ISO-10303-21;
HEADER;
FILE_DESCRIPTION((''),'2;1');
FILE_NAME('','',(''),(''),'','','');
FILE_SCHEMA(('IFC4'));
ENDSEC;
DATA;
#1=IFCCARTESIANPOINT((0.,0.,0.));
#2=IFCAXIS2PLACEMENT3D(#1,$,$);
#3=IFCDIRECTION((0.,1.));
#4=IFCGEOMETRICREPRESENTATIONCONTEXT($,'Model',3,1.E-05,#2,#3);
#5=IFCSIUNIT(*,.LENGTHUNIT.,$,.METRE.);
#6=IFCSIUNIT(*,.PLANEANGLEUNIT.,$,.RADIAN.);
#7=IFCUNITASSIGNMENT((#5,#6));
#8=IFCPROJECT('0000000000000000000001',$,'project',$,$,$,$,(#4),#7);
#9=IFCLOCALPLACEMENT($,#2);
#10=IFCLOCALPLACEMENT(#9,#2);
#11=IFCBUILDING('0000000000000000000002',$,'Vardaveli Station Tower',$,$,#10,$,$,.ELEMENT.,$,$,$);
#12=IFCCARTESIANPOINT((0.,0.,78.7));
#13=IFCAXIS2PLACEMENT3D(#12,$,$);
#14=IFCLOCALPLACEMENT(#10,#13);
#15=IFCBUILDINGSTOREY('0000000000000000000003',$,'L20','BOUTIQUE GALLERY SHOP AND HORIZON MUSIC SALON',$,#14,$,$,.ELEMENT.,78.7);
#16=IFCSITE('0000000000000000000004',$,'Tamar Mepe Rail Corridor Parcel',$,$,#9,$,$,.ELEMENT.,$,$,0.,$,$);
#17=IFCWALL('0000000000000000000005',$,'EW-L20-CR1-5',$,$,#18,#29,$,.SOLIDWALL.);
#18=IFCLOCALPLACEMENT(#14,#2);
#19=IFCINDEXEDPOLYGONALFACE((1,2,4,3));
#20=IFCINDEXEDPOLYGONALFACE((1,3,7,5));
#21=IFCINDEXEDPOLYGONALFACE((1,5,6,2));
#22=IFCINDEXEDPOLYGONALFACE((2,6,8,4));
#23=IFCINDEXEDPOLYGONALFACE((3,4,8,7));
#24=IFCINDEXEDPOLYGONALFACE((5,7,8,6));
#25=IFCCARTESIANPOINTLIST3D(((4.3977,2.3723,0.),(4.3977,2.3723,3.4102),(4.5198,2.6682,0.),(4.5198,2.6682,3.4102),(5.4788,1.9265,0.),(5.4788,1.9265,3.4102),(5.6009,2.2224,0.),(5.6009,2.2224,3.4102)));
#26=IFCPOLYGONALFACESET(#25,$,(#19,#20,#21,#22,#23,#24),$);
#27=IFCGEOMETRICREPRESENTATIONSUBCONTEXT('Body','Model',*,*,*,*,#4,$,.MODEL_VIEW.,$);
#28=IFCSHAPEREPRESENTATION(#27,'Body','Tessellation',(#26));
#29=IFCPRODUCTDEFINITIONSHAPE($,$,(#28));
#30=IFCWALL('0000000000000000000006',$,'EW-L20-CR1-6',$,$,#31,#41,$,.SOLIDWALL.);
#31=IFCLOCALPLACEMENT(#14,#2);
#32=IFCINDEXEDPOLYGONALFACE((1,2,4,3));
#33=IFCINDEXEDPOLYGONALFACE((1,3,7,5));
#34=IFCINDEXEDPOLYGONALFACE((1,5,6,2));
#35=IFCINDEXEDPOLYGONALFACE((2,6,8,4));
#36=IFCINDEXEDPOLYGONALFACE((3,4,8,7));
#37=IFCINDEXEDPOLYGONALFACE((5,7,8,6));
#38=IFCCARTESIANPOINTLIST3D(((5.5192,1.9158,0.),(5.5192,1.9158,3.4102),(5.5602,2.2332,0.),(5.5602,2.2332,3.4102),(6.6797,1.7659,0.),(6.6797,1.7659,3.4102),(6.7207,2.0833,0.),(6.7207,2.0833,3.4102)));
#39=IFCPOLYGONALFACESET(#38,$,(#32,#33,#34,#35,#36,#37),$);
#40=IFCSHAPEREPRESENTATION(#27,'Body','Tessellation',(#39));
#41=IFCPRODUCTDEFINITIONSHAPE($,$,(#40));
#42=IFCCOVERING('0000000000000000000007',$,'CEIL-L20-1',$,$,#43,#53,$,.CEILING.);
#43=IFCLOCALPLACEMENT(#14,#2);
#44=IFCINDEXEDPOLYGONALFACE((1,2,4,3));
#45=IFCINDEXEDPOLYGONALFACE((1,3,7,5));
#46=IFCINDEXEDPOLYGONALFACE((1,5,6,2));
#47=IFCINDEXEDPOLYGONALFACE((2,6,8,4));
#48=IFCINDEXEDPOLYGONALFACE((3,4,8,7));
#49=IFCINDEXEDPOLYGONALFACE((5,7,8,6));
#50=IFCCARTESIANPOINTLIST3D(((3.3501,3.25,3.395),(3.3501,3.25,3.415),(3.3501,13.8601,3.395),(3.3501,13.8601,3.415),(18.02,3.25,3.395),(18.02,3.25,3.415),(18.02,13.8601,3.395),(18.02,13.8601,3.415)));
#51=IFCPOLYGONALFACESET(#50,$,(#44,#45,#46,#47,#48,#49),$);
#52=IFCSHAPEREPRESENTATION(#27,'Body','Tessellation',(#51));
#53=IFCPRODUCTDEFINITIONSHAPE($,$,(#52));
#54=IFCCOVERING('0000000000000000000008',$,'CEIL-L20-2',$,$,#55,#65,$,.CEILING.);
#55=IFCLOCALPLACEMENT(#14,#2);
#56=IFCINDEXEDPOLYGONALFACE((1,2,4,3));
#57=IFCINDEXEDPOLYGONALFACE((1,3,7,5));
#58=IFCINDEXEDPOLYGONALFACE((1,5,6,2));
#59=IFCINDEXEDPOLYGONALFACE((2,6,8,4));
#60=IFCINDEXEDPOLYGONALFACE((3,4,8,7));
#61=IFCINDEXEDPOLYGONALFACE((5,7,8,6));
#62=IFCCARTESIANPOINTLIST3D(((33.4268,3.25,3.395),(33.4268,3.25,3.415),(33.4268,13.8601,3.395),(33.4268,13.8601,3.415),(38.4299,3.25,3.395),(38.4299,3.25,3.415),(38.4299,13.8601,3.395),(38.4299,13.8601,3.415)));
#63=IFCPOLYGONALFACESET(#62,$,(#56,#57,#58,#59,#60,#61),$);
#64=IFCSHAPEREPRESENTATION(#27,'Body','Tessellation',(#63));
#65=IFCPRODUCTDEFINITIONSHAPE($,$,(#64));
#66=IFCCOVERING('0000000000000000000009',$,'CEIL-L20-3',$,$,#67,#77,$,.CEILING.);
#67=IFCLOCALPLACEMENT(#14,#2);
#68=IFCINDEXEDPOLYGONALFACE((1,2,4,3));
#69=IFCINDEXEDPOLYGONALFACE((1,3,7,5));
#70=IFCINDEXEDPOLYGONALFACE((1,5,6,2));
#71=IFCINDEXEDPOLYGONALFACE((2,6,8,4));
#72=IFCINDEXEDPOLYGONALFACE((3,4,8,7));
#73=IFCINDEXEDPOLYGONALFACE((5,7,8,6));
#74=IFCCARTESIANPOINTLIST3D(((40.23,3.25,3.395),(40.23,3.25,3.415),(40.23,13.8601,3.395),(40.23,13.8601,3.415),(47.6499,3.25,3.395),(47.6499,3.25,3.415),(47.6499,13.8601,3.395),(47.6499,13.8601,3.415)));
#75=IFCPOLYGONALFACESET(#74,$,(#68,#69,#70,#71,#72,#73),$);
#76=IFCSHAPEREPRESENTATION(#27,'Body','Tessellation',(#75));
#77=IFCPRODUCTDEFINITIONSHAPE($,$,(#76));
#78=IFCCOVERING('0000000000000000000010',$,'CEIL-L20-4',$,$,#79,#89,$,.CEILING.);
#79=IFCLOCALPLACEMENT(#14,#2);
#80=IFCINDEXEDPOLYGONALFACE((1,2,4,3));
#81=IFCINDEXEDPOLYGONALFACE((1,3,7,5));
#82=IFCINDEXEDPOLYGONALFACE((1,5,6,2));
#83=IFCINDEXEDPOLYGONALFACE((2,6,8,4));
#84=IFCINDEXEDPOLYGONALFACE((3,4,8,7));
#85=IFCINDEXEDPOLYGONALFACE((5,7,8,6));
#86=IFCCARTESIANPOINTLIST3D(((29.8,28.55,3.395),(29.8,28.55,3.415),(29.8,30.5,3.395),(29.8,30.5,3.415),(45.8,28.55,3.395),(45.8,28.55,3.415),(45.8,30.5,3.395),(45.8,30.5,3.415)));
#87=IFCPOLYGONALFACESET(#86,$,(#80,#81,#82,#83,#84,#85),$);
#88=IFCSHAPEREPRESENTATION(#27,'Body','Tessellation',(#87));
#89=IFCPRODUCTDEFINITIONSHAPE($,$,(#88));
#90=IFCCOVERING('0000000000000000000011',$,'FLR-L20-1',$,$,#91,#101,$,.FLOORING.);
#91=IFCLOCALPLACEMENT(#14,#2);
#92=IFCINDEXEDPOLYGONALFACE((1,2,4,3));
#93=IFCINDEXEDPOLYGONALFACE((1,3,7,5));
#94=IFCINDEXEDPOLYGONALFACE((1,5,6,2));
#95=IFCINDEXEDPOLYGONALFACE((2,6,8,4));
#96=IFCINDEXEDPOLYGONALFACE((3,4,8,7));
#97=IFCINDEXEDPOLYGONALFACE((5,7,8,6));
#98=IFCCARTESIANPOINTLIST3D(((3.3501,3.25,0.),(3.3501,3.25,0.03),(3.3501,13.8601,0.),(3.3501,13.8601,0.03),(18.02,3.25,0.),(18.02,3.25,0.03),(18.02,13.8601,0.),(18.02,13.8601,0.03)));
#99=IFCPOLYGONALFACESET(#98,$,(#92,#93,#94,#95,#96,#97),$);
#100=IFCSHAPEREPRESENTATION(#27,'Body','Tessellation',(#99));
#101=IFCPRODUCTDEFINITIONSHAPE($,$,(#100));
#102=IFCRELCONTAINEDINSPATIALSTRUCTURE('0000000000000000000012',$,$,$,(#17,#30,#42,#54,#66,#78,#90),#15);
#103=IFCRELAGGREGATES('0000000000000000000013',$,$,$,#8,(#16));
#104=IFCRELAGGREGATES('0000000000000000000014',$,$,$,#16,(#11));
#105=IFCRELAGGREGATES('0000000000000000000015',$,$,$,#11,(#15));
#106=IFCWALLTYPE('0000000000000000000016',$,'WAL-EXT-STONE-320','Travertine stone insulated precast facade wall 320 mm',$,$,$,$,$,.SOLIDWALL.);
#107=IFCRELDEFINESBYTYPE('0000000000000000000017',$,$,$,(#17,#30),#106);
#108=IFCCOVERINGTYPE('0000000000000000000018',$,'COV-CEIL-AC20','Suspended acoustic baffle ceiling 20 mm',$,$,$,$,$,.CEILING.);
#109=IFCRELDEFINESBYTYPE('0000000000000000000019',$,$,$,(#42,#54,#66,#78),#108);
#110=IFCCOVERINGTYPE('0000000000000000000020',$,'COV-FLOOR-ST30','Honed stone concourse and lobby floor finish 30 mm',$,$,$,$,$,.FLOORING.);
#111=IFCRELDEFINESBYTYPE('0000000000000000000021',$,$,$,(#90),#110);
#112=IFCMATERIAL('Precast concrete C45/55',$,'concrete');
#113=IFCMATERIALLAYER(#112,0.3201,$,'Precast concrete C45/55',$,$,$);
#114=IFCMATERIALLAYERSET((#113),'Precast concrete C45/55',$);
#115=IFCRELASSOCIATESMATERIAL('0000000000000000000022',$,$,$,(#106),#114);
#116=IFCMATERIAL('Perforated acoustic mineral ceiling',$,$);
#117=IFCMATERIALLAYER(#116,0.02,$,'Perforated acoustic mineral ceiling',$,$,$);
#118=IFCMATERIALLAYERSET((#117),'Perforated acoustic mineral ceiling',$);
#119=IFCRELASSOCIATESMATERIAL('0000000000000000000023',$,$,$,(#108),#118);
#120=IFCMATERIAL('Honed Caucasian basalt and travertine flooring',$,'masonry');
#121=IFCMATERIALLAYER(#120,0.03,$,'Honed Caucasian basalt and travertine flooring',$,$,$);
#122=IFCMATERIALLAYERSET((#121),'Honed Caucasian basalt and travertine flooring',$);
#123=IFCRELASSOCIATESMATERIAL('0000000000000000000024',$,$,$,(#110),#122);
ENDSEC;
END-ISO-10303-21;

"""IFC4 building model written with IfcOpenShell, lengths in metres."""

from ifc_helpers import new_model, si_unit, direction, frame, frame_2d, origin, place, context, subcontext, project, spatial, polyline, rectangle, outline, extrude, source, transform, mapped, material, layer, layer_set, type_object, element, save


model = new_model("IFC4")

# Units and contexts
model_context = context("Model", 3, precision=1e-05, world=origin(), true_north=direction((0.0, 1.0)))
body_context = subcontext(model_context, "Body", "Model", "MODEL_VIEW")
ifc_project = project(units=[si_unit("LENGTHUNIT", "METRE"), si_unit("PLANEANGLEUNIT", "RADIAN")], contexts=[model_context])

# Site, building, storey
site_placement = place(None, origin())
site = spatial("IfcSite", under=ifc_project, at=site_placement, Name="Tamar Mepe Rail Corridor Parcel", CompositionType="ELEMENT", RefElevation=0.0)
building_placement = place(site_placement, origin())
building = spatial("IfcBuilding", under=site, at=building_placement, Name="Vardaveli Station Tower", CompositionType="ELEMENT")
storey_placement = place(building_placement, frame((0.0, 0.0, 78.7)))
storey = spatial("IfcBuildingStorey", under=building, at=storey_placement, Name="L20", Description="BOUTIQUE GALLERY SHOP AND HORIZON MUSIC SALON", CompositionType="ELEMENT", Elevation=78.7)

# Shared definitions
ifc_material_1 = material(Name="Precast concrete C45/55", Category="concrete")

# Shared definitions
ifc_layer_1 = layer(ifc_material_1, 0.3201, Name="Precast concrete C45/55")
ifc_layer_set_1 = layer_set([ifc_layer_1], Name="Precast concrete C45/55")
wall_type = type_object("IfcWallType", Name="WAL-EXT-STONE-320", Description="Travertine stone insulated precast facade wall 320 mm", PredefinedType="SOLIDWALL", material=ifc_layer_set_1)

# Walls
shared_shape_1 = source(origin(), body_context, "Body", "SweptSolid", [
    extrude(rectangle(XDim=1.1694, YDim=0.3201, at=frame_2d((0.5847, 0.0))), origin(), (0.0, 0.0, 1.0), 3.4102),
])
wall_1_placement = place(storey_placement, frame((4.4587, 2.5203, 0.0), z_axis=(0.0, 0.0, 1.0), x_axis=(0.924479, -0.381233, 0.0)))
element("IfcWall", 1, at=wall_1_placement, inside=storey, type_object=wall_type, Name="EW-L20-CR1-5", PredefinedType="SOLIDWALL", context=body_context, shape_type="MappedRepresentation", body=[
    mapped(shared_shape_1, transform((0.0, 0.0, 0.0), scale=1.0)),
])
shared_shape_2 = source(origin(), body_context, "Body", "SweptSolid", [
    extrude(rectangle(XDim=1.1702, YDim=0.3201, at=frame_2d((0.585, 0.0))), origin(), (0.0, 0.0, 1.0), 3.4102),
])
wall_2_placement = place(storey_placement, frame((5.5398, 2.0745, 0.0), z_axis=(0.0, 0.0, 1.0), x_axis=(0.991762, -0.12809, 0.0)))
element("IfcWall", 2, at=wall_2_placement, inside=storey, type_object=wall_type, Name="EW-L20-CR1-6", PredefinedType="SOLIDWALL", context=body_context, shape_type="MappedRepresentation", body=[
    mapped(shared_shape_2, transform((0.0, 0.0, 0.0), scale=1.0)),
])

# Coverings
ifc_material_2 = material(Name="Perforated acoustic mineral ceiling")
ifc_layer_2 = layer(ifc_material_2, 0.02, Name="Perforated acoustic mineral ceiling")
ifc_layer_set_2 = layer_set([ifc_layer_2], Name="Perforated acoustic mineral ceiling")
covering_type_1 = type_object("IfcCoveringType", Name="COV-CEIL-AC20", Description="Suspended acoustic baffle ceiling 20 mm", PredefinedType="CEILING", material=ifc_layer_set_2)
covering_1_placement = place(storey_placement, frame((0.0, 0.0, 3.395)))
element("IfcCovering", 3, at=covering_1_placement, inside=storey, type_object=covering_type_1, Name="CEIL-L20-1", PredefinedType="CEILING", context=body_context, shape_type="SweptSolid", body=[
    extrude(outline(polyline([(3.3501, 3.25), (18.02, 3.25), (18.02, 13.8601), (3.3501, 13.8601), (3.3501, 3.25)])), origin(), (0.0, 0.0, 1.0), 0.02),
])
covering_2_placement = place(storey_placement, frame((0.0, 0.0, 3.395)))
element("IfcCovering", 4, at=covering_2_placement, inside=storey, type_object=covering_type_1, Name="CEIL-L20-2", PredefinedType="CEILING", context=body_context, shape_type="SweptSolid", body=[
    extrude(outline(polyline([(33.4268, 3.25), (38.4299, 3.25), (38.4299, 13.8601), (33.4268, 13.8601), (33.4268, 3.25)])), origin(), (0.0, 0.0, 1.0), 0.02),
])
covering_3_placement = place(storey_placement, frame((0.0, 0.0, 3.395)))
element("IfcCovering", 5, at=covering_3_placement, inside=storey, type_object=covering_type_1, Name="CEIL-L20-3", PredefinedType="CEILING", context=body_context, shape_type="SweptSolid", body=[
    extrude(outline(polyline([(40.23, 3.25), (47.6499, 3.25), (47.6499, 13.8601), (40.23, 13.8601), (40.23, 3.25)])), origin(), (0.0, 0.0, 1.0), 0.02),
])
covering_4_placement = place(storey_placement, frame((0.0, 0.0, 3.395)))
element("IfcCovering", 6, at=covering_4_placement, inside=storey, type_object=covering_type_1, Name="CEIL-L20-4", PredefinedType="CEILING", context=body_context, shape_type="SweptSolid", body=[
    extrude(outline(polyline([(29.8, 28.55), (45.8, 28.55), (45.8, 30.5), (29.8, 30.5), (29.8, 28.55)])), origin(), (0.0, 0.0, 1.0), 0.02),
])
ifc_material_3 = material(Name="Honed Caucasian basalt and travertine flooring", Category="masonry")
ifc_layer_3 = layer(ifc_material_3, 0.03, Name="Honed Caucasian basalt and travertine flooring")
ifc_layer_set_3 = layer_set([ifc_layer_3], Name="Honed Caucasian basalt and travertine flooring")
covering_type_2 = type_object("IfcCoveringType", Name="COV-FLOOR-ST30", Description="Honed stone concourse and lobby floor finish 30 mm", PredefinedType="FLOORING", material=ifc_layer_set_3)
covering_5_placement = place(storey_placement, origin())
element("IfcCovering", 7, at=covering_5_placement, inside=storey, type_object=covering_type_2, Name="FLR-L20-1", PredefinedType="FLOORING", context=body_context, shape_type="SweptSolid", body=[
    extrude(outline(polyline([(3.3501, 3.25), (18.02, 3.25), (18.02, 13.8601), (3.3501, 13.8601), (3.3501, 3.25)])), origin(), (0.0, 0.0, 1.0), 0.03),
])

save(model, "model.ifc")
